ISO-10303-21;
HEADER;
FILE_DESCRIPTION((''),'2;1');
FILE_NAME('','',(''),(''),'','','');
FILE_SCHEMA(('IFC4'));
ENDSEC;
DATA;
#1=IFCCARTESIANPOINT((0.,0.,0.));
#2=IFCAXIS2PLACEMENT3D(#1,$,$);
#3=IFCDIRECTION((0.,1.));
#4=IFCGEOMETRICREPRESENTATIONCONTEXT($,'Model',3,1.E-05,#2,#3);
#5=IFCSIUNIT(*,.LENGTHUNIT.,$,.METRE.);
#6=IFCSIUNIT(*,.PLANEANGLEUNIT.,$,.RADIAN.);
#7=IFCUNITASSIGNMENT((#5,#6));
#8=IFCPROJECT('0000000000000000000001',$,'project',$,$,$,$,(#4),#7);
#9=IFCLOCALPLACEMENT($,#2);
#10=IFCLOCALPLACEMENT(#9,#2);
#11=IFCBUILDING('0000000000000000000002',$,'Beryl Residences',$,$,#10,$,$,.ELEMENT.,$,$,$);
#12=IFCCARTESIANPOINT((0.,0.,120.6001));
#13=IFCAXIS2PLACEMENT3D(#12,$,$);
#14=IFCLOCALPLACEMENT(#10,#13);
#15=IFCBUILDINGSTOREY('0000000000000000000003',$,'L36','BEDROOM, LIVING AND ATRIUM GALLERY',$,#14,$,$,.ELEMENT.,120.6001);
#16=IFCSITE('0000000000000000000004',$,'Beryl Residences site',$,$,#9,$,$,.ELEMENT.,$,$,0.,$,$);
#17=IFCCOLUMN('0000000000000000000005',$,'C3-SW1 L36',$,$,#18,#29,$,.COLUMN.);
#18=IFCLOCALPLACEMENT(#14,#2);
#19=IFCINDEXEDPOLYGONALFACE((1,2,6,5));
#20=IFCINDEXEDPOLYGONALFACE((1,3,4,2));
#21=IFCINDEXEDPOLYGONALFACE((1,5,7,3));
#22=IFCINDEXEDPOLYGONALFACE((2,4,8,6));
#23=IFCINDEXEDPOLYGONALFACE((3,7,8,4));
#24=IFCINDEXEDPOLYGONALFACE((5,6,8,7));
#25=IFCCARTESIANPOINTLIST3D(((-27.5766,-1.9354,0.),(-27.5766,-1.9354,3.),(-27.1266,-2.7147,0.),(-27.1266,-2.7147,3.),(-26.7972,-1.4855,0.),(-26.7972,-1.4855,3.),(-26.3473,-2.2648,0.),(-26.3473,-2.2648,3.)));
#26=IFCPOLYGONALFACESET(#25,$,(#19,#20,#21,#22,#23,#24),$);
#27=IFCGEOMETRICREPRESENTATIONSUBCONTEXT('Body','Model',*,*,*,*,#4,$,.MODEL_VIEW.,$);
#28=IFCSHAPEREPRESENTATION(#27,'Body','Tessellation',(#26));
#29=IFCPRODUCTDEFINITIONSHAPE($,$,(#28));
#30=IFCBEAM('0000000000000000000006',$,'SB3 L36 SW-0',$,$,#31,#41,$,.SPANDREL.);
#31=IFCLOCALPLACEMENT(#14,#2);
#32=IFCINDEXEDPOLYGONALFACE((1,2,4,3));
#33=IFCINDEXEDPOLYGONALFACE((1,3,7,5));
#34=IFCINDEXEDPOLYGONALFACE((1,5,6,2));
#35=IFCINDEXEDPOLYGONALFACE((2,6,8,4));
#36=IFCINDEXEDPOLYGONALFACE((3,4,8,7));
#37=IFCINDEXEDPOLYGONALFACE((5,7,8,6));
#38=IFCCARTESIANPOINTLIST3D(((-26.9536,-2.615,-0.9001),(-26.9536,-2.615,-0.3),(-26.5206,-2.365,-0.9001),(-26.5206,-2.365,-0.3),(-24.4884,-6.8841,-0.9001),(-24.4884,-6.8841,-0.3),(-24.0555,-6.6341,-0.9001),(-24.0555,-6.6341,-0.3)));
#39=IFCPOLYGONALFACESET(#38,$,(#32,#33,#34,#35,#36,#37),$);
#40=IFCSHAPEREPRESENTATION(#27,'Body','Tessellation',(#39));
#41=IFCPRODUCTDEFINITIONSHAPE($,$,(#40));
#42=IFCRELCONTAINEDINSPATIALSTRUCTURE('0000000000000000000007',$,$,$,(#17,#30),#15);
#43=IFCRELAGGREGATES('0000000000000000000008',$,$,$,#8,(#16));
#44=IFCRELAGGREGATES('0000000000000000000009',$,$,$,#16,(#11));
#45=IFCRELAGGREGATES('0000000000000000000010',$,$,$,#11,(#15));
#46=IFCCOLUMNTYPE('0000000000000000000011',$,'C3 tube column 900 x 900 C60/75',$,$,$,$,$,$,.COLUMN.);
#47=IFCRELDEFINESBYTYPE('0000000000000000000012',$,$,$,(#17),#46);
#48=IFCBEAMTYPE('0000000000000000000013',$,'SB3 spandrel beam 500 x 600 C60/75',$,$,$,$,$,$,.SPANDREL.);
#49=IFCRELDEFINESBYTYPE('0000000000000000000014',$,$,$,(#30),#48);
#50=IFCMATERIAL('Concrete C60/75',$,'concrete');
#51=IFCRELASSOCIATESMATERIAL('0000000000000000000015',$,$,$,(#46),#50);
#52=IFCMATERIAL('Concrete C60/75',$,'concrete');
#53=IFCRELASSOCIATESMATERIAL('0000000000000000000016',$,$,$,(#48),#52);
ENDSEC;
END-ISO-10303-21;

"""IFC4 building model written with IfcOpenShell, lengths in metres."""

from ifc_helpers import new_model, si_unit, direction, frame, origin, origin_2d, place, context, subcontext, project, spatial, rectangle, extrude, material, material_profile, profile_set, type_object, element, save


model = new_model("IFC4")

# Units and contexts
model_context = context("Model", 3, precision=1e-05, world=origin(), true_north=direction((0.0, 1.0)))
body_context = subcontext(model_context, "Body", "Model", "MODEL_VIEW")
ifc_project = project(units=[si_unit("LENGTHUNIT", "METRE"), si_unit("PLANEANGLEUNIT", "RADIAN")], contexts=[model_context])

# Site, building, storey
site_placement = place(None, origin())
site = spatial("IfcSite", under=ifc_project, at=site_placement, Name="Beryl Residences site", CompositionType="ELEMENT", RefElevation=0.0)
building_placement = place(site_placement, origin())
building = spatial("IfcBuilding", under=site, at=building_placement, Name="Beryl Residences", CompositionType="ELEMENT")
storey_placement = place(building_placement, frame((0.0, 0.0, 120.6001)))
storey = spatial("IfcBuildingStorey", under=building, at=storey_placement, Name="L36", Description="BEDROOM, LIVING AND ATRIUM GALLERY", CompositionType="ELEMENT", Elevation=120.6001)

# Column
ifc_material_1 = material(Name="Concrete C60/75", Category="concrete")
ifc_material_profile_1 = material_profile(ifc_material_1, rectangle(XDim=0.8999, YDim=0.8999, at=origin_2d()))
ifc_profile_set_1 = profile_set([ifc_material_profile_1], Name="Concrete C60/75")
column_type = type_object("IfcColumnType", Name="C3 tube column 900 x 900 C60/75", PredefinedType="COLUMN", material=ifc_profile_set_1)
column_placement = place(storey_placement, frame((-26.9619, -2.1001, 0.0), z_axis=(0.0, 0.0, 1.0), x_axis=(0.5, -0.866025, 0.0)))
element("IfcColumn", 1, at=column_placement, inside=storey, type_object=column_type, Name="C3-SW1 L36", PredefinedType="COLUMN", context=body_context, shape_type="SweptSolid", body=[
    extrude(rectangle(XDim=0.8999, YDim=0.8999, at=origin_2d()), origin(), (0.0, 0.0, 1.0), 3.0),
])

# Beam
ifc_material_2 = material(Name="Concrete C60/75", Category="concrete")
ifc_material_profile_2 = material_profile(ifc_material_2, rectangle(XDim=0.5, YDim=0.6001, at=origin_2d()))
ifc_profile_set_2 = profile_set([ifc_material_profile_2], Name="Concrete C60/75")
beam_type = type_object("IfcBeamType", Name="SB3 spandrel beam 500 x 600 C60/75", PredefinedType="SPANDREL", material=ifc_profile_set_2)
beam_placement = place(storey_placement, frame((-26.7371, -2.49, -0.6001), z_axis=(0.500054, -0.865994, 0.0), x_axis=(0.865994, 0.500054, 0.0)))
element("IfcBeam", 2, at=beam_placement, inside=storey, type_object=beam_type, Name="SB3 L36 SW-0", PredefinedType="SPANDREL", context=body_context, shape_type="SweptSolid", body=[
    extrude(rectangle(XDim=0.5, YDim=0.6001, at=origin_2d()), origin(), (0.0, 0.0, 1.0), 4.9297),
])

save(model, "model.ifc")
